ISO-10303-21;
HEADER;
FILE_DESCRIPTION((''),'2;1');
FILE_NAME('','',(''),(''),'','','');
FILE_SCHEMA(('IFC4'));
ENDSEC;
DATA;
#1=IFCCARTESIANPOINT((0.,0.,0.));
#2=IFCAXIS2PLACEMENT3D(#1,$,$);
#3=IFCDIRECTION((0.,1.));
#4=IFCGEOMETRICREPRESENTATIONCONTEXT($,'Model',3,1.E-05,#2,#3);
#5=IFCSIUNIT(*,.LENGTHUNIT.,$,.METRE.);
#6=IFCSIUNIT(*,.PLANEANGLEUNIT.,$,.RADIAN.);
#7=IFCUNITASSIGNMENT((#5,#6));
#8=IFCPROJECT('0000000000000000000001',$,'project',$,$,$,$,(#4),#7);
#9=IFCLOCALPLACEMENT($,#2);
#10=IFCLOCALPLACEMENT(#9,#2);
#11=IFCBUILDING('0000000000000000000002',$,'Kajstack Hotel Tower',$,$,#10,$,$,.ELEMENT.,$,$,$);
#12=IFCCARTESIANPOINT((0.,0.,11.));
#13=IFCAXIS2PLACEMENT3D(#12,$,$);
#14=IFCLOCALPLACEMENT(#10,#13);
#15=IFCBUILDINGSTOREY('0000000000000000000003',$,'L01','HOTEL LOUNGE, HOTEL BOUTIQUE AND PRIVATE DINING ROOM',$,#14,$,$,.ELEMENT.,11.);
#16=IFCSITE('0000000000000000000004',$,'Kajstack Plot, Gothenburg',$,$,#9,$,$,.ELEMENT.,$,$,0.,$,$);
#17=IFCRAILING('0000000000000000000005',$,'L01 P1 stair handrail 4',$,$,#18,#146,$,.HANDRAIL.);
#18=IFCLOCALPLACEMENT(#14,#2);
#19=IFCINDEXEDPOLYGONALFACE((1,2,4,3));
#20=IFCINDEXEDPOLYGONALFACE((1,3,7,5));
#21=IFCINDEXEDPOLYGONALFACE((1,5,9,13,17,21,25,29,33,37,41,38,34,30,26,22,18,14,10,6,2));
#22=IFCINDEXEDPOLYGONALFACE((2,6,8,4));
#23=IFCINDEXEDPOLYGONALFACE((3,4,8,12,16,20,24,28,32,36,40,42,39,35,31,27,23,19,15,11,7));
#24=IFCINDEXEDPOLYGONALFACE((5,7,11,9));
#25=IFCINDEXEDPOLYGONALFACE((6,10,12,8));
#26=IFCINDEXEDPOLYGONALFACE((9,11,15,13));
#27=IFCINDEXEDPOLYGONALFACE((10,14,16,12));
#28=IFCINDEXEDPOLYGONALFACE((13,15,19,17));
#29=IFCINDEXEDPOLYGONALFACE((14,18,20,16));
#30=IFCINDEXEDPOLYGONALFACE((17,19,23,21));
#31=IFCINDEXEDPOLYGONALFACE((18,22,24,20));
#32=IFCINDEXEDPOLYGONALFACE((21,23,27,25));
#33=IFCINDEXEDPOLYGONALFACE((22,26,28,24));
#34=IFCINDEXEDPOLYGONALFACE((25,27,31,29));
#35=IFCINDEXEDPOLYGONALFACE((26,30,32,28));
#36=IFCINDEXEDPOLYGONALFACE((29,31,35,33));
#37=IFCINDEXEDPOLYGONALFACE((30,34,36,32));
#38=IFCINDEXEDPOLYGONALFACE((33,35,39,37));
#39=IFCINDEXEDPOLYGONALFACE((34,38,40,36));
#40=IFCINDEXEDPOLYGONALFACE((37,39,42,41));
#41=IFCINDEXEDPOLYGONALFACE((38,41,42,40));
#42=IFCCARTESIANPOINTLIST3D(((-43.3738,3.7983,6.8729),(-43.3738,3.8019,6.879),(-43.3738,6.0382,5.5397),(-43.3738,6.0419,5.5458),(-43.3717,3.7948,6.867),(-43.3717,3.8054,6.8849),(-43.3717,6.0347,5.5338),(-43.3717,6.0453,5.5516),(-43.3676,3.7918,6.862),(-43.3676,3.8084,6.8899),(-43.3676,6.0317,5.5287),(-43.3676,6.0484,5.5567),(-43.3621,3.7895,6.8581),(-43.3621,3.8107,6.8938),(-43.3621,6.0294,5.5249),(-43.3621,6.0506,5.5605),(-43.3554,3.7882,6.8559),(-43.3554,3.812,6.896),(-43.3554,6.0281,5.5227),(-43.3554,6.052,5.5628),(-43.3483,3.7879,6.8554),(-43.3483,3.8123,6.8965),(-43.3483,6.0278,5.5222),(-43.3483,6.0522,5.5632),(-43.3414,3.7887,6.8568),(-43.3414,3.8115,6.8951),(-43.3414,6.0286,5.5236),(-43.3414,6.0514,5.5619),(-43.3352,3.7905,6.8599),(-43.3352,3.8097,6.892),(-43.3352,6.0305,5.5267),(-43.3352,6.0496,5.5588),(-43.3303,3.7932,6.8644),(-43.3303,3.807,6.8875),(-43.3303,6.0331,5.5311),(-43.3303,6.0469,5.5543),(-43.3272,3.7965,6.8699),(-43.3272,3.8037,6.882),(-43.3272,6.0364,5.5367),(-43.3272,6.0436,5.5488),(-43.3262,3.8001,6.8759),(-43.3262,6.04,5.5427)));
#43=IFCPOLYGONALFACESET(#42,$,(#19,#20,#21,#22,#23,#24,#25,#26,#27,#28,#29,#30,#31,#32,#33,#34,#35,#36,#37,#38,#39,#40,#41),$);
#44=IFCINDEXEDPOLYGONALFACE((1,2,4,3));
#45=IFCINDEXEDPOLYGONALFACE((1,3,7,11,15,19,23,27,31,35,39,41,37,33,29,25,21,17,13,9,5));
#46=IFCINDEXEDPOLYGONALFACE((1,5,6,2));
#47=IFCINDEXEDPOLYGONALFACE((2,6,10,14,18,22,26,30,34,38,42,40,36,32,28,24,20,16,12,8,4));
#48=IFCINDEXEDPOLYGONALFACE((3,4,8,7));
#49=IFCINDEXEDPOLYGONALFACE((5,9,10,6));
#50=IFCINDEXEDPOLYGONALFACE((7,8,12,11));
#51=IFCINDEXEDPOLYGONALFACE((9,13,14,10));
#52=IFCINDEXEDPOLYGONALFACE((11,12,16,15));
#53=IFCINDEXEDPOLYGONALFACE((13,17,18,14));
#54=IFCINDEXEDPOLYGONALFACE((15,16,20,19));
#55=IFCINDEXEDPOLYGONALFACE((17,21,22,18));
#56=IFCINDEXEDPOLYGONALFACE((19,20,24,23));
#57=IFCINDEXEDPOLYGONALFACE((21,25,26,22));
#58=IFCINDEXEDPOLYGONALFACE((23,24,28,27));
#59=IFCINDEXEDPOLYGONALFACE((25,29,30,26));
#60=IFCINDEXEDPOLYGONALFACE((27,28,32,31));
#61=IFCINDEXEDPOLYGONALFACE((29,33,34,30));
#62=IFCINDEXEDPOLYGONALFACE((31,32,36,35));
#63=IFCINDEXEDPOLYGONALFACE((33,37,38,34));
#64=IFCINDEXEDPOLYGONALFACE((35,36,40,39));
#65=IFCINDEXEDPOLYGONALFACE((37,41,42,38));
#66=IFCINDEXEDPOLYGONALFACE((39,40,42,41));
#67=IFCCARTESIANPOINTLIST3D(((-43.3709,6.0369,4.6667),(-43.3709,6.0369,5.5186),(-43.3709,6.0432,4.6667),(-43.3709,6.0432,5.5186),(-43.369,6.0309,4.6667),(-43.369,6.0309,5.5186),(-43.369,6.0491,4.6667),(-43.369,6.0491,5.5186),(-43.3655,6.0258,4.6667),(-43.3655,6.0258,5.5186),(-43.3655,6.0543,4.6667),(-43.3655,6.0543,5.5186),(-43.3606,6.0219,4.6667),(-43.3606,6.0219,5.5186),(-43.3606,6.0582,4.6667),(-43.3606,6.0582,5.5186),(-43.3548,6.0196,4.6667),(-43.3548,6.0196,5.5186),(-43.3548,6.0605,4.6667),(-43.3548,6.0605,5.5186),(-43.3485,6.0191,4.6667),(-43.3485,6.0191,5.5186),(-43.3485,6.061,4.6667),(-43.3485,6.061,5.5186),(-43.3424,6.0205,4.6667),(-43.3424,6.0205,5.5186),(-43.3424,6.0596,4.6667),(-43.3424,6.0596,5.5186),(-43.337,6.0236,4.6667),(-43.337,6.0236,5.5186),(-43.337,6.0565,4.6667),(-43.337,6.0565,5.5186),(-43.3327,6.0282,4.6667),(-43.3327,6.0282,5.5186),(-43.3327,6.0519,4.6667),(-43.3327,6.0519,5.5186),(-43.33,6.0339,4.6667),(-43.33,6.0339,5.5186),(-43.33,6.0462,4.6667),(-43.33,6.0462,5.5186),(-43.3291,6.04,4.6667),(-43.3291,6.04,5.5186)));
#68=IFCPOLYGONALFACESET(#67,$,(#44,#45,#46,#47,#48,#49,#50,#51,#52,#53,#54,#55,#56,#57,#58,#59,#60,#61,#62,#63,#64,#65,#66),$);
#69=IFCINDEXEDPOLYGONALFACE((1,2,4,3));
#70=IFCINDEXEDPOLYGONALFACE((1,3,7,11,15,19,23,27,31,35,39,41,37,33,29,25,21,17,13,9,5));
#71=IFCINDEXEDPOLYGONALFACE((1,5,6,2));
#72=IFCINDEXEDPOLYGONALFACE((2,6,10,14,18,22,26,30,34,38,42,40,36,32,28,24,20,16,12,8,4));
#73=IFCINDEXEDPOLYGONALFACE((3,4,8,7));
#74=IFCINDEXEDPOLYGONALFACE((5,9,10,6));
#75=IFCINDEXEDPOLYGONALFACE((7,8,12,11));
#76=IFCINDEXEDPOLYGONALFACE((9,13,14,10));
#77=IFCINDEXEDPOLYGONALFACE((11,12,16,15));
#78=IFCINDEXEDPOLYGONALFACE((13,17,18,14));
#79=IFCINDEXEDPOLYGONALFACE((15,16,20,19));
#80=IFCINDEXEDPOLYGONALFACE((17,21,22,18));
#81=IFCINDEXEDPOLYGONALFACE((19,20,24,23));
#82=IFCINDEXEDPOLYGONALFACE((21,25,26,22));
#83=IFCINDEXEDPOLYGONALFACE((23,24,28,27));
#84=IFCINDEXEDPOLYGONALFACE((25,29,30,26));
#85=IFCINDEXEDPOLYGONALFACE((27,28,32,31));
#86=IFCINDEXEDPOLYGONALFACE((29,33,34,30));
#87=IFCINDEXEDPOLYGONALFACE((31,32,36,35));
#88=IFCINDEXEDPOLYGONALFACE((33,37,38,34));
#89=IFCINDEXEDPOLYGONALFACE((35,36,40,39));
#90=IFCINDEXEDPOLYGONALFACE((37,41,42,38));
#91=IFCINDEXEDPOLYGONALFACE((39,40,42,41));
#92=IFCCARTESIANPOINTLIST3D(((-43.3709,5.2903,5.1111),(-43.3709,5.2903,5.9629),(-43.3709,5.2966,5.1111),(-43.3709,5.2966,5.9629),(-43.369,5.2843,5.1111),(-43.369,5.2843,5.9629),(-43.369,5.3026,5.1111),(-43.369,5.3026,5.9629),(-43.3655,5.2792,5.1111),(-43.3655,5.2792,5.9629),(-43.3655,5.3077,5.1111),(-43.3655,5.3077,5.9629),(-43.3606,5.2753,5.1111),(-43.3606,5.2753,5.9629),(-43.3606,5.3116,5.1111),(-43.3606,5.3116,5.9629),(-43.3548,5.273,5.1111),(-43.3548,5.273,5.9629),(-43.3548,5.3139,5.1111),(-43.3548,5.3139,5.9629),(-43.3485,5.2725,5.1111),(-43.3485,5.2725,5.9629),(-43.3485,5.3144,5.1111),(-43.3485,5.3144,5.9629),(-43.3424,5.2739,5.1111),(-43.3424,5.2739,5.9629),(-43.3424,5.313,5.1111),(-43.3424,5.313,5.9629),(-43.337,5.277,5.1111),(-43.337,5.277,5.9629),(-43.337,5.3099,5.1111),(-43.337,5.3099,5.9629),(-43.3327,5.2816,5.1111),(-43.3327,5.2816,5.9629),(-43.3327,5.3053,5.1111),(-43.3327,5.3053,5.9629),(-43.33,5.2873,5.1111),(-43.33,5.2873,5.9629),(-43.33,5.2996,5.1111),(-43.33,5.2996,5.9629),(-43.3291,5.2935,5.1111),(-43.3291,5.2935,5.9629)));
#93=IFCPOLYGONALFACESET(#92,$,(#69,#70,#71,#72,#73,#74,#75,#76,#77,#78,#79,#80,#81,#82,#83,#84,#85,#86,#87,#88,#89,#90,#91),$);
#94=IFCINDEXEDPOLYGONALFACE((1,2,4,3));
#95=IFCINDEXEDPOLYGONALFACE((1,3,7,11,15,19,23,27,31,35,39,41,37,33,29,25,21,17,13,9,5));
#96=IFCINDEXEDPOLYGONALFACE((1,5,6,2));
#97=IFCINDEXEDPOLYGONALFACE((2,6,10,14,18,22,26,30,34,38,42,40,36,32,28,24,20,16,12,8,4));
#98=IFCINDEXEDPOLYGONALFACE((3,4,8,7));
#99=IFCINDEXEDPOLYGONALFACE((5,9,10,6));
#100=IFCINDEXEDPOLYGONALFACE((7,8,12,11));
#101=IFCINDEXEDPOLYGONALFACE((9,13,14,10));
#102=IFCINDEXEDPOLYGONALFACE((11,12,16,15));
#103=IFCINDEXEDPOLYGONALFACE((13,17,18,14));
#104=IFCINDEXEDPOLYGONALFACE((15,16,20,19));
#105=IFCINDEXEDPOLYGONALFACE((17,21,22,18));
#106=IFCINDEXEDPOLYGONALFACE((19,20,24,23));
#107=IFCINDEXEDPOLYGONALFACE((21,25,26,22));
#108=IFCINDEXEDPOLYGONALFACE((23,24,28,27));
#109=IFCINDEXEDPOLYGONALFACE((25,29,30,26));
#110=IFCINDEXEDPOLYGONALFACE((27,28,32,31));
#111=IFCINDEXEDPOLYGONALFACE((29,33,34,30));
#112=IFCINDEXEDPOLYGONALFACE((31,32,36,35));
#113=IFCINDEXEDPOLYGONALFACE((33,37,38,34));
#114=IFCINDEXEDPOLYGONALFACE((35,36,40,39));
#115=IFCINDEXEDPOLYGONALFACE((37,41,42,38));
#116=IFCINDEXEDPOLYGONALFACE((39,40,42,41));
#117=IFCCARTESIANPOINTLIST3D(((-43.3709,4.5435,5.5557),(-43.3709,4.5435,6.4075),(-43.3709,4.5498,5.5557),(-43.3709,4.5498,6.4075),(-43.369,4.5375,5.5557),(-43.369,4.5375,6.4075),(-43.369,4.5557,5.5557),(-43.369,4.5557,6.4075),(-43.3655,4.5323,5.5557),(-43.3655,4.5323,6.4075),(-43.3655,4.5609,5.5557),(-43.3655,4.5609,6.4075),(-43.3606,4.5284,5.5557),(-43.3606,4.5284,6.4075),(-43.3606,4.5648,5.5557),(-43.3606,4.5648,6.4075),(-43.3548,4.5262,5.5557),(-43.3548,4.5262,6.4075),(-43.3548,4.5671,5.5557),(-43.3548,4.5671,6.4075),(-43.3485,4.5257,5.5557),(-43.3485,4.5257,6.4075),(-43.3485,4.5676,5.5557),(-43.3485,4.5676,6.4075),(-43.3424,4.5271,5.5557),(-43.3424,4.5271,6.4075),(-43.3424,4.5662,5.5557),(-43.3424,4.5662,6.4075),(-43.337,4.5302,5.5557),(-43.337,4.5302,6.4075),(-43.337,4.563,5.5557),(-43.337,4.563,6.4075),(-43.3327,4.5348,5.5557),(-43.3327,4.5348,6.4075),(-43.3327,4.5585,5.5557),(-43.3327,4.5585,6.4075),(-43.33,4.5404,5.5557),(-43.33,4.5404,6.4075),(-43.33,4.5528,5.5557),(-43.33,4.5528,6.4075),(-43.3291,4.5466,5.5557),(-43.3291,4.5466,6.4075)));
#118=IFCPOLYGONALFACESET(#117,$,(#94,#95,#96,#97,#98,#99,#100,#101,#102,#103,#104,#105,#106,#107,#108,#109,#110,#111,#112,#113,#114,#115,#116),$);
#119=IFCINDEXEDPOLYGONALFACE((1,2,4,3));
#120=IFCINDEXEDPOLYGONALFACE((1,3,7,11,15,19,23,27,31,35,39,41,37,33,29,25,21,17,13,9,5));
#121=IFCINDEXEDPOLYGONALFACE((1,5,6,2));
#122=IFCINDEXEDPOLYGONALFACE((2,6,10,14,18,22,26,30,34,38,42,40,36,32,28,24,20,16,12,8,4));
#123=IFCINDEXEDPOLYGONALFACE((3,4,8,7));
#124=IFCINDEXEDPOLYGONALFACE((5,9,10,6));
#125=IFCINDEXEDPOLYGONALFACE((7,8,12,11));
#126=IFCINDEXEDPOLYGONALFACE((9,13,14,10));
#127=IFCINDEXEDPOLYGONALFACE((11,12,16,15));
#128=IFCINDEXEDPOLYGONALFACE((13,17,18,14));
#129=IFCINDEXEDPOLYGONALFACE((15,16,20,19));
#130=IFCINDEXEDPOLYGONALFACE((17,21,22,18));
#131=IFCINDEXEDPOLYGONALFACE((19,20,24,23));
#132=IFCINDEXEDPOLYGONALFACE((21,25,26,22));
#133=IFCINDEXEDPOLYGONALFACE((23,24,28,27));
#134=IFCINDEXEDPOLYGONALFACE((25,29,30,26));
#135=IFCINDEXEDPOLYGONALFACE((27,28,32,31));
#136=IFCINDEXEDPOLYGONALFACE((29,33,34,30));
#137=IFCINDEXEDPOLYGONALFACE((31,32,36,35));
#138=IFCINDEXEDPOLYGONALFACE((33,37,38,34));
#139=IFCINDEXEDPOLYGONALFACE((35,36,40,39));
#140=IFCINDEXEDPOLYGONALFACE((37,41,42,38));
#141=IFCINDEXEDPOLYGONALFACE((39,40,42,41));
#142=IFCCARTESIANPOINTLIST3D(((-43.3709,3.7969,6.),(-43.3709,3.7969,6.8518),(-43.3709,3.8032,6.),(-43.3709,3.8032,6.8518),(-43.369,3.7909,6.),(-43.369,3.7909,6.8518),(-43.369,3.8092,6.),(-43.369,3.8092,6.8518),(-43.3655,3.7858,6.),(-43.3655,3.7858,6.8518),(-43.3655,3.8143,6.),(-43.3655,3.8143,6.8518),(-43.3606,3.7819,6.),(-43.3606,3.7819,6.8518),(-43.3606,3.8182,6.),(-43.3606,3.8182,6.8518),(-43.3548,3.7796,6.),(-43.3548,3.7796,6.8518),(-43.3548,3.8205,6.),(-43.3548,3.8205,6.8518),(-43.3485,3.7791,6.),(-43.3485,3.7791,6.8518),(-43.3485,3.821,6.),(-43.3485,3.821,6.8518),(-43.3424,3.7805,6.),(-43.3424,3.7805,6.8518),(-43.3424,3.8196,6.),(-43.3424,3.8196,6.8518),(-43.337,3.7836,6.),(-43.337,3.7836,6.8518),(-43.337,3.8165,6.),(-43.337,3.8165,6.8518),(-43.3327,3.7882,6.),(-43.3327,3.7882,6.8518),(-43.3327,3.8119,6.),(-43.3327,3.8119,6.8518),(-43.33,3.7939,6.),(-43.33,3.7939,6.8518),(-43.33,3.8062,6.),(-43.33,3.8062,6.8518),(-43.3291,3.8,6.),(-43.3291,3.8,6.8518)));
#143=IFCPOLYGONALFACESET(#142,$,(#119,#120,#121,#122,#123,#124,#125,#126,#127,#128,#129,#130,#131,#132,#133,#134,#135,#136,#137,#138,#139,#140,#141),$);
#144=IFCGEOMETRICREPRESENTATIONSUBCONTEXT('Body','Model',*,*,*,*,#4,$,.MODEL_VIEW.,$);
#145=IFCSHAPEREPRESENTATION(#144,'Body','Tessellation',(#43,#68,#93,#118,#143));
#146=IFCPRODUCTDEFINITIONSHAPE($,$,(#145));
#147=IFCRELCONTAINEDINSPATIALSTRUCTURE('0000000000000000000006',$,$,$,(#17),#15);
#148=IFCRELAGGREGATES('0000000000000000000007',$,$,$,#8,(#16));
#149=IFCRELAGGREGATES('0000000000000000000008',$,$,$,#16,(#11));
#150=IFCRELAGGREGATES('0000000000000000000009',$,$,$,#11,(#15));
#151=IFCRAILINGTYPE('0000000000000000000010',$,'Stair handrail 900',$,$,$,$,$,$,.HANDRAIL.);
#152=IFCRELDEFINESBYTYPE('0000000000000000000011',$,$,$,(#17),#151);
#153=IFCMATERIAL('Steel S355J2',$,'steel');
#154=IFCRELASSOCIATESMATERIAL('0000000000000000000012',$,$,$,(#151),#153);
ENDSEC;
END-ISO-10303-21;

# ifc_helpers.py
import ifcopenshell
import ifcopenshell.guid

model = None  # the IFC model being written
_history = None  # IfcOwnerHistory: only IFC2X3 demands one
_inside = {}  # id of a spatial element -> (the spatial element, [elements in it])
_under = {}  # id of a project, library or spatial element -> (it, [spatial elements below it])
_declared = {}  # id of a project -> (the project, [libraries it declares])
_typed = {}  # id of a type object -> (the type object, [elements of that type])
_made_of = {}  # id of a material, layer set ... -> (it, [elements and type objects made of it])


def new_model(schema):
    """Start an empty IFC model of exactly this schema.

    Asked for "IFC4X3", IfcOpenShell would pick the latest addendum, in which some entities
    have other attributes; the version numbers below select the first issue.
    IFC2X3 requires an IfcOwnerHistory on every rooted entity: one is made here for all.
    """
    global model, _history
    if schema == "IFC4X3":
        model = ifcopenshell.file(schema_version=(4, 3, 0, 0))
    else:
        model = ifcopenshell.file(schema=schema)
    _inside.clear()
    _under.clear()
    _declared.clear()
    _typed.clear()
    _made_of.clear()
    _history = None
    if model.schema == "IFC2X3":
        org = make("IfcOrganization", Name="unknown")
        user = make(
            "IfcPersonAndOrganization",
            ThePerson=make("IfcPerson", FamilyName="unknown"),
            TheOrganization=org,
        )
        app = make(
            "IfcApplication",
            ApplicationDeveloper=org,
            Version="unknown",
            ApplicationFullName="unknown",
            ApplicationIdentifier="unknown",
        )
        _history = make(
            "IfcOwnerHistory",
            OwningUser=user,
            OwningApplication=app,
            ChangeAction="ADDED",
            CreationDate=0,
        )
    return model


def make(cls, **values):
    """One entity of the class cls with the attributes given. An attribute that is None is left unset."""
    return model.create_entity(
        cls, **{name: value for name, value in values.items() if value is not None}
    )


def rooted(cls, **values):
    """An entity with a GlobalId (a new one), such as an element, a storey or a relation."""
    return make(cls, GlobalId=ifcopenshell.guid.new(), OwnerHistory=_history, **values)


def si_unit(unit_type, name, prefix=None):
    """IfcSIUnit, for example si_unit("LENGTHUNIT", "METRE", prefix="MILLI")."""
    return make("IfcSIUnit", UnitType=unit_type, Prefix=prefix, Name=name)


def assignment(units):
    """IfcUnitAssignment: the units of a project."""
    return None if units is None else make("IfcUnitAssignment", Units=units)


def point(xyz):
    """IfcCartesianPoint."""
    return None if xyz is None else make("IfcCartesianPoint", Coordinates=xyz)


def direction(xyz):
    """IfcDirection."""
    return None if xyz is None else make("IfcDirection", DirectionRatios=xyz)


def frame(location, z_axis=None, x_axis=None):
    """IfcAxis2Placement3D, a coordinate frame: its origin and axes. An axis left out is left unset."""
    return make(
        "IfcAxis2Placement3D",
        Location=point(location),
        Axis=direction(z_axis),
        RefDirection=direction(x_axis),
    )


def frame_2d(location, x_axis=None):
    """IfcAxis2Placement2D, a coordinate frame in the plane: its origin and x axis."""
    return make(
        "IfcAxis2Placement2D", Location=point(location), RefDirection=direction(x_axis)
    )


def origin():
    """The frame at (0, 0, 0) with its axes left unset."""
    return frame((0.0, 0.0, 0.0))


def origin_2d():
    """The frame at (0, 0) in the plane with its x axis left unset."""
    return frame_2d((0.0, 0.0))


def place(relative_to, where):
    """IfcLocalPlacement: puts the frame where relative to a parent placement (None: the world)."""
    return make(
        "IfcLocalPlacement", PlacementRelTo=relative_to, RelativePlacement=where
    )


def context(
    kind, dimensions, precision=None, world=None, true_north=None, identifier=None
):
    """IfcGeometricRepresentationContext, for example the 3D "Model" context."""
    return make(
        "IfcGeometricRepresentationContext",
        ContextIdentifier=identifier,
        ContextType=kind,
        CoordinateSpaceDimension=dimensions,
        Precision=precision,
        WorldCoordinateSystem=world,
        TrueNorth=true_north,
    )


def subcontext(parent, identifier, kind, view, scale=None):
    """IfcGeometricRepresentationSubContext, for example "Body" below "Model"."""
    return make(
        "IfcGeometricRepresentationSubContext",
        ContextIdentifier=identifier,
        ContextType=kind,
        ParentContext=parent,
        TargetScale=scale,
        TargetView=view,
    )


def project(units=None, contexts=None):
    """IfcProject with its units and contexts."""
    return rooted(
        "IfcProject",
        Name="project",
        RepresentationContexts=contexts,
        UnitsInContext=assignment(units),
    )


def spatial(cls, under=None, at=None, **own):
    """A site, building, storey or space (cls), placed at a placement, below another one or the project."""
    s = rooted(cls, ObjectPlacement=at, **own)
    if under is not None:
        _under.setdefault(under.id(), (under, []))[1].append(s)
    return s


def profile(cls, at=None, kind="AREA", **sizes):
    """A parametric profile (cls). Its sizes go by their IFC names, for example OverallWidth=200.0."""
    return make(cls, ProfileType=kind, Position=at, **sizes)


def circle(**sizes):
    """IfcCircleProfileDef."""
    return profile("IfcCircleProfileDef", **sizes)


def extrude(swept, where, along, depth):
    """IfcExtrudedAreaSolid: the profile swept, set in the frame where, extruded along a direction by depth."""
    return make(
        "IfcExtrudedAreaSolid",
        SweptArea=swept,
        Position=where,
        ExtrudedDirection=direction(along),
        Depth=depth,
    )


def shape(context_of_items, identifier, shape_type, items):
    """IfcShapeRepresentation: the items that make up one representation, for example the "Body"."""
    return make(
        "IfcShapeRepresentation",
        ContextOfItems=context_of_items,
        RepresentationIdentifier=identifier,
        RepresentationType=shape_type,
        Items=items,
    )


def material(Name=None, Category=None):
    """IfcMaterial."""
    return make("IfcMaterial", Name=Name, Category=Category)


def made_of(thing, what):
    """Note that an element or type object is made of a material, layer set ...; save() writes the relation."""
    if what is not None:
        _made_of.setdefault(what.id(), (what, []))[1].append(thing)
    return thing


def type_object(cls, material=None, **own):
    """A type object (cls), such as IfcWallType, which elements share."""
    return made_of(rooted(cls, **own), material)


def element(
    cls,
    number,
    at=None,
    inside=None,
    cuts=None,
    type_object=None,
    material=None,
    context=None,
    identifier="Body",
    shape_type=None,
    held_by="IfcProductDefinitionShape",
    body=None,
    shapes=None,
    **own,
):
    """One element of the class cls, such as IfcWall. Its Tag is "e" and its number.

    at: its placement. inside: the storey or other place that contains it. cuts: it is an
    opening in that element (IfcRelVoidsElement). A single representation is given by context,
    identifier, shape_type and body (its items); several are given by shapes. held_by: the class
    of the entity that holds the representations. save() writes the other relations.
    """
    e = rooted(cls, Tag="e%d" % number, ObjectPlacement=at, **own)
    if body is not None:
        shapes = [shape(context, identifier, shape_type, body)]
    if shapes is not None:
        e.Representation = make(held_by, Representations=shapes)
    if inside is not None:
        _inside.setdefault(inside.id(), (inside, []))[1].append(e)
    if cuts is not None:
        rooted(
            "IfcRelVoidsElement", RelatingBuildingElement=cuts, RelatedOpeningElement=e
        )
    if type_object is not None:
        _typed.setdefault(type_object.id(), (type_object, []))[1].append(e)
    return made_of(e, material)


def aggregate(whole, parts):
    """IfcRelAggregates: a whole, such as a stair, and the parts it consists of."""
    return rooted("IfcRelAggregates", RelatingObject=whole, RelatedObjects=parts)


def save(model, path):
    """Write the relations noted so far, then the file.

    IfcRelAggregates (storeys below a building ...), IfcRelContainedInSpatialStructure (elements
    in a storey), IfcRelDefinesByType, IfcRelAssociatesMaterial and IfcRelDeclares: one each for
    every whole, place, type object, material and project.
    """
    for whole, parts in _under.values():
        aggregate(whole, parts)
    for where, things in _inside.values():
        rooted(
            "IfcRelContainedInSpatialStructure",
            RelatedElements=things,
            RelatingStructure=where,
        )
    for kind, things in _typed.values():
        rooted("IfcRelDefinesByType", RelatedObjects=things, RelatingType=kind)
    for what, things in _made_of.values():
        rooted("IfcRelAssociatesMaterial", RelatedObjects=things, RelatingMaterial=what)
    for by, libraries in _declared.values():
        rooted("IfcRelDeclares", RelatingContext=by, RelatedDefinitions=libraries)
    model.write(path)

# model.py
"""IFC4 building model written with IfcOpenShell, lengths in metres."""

from ifc_helpers import new_model, si_unit, direction, frame, origin, origin_2d, place, context, subcontext, project, spatial, circle, extrude, material, type_object, element, save


model = new_model("IFC4")

# Units and contexts
model_context = context("Model", 3, precision=1e-05, world=origin(), true_north=direction((0.0, 1.0)))
body_context = subcontext(model_context, "Body", "Model", "MODEL_VIEW")
ifc_project = project(units=[si_unit("LENGTHUNIT", "METRE"), si_unit("PLANEANGLEUNIT", "RADIAN")], contexts=[model_context])

# Site, building, storey
site_placement = place(None, origin())
site = spatial("IfcSite", under=ifc_project, at=site_placement, Name="Kajstack Plot, Gothenburg", CompositionType="ELEMENT", RefElevation=0.0)
building_placement = place(site_placement, origin())
building = spatial("IfcBuilding", under=site, at=building_placement, Name="Kajstack Hotel Tower", CompositionType="ELEMENT")
storey_placement = place(building_placement, frame((0.0, 0.0, 11.0)))
storey = spatial("IfcBuildingStorey", under=building, at=storey_placement, Name="L01", Description="HOTEL LOUNGE, HOTEL BOUTIQUE AND PRIVATE DINING ROOM", CompositionType="ELEMENT", Elevation=11.0)

# Railing
ifc_material_1 = material(Name="Steel S355J2", Category="steel")
railing_type_1 = type_object("IfcRailingType", Name="Stair handrail 900", PredefinedType="HANDRAIL", material=ifc_material_1)
railing_1_placement = place(storey_placement, frame((-43.3501, 6.04, 4.6667)))
element("IfcRailing", 1, at=railing_1_placement, inside=storey, type_object=railing_type_1, Name="L01 P1 stair handrail 4", PredefinedType="HANDRAIL", context=body_context, shape_type="SweptSolid", body=[
    extrude(circle(Radius=0.0239, at=origin_2d()), frame((0.0, 0.0, 0.876), z_axis=(0.0, -0.859306, 0.511462), x_axis=(1.0, 0.0, 0.0)), (0.0, 0.0, 1.0), 2.6067),
    extrude(circle(Radius=0.021, at=origin_2d()), origin(), (0.0, 0.0, 1.0), 0.8518),
    extrude(circle(Radius=0.021, at=origin_2d()), frame((0.0, -0.7466, 0.4443)), (0.0, 0.0, 1.0), 0.8518),
    extrude(circle(Radius=0.021, at=origin_2d()), frame((0.0, -1.4934, 0.8889)), (0.0, 0.0, 1.0), 0.8518),
    extrude(circle(Radius=0.021, at=origin_2d()), frame((0.0, -2.24, 1.3333)), (0.0, 0.0, 1.0), 0.8518),
])

save(model, "model.ifc")
